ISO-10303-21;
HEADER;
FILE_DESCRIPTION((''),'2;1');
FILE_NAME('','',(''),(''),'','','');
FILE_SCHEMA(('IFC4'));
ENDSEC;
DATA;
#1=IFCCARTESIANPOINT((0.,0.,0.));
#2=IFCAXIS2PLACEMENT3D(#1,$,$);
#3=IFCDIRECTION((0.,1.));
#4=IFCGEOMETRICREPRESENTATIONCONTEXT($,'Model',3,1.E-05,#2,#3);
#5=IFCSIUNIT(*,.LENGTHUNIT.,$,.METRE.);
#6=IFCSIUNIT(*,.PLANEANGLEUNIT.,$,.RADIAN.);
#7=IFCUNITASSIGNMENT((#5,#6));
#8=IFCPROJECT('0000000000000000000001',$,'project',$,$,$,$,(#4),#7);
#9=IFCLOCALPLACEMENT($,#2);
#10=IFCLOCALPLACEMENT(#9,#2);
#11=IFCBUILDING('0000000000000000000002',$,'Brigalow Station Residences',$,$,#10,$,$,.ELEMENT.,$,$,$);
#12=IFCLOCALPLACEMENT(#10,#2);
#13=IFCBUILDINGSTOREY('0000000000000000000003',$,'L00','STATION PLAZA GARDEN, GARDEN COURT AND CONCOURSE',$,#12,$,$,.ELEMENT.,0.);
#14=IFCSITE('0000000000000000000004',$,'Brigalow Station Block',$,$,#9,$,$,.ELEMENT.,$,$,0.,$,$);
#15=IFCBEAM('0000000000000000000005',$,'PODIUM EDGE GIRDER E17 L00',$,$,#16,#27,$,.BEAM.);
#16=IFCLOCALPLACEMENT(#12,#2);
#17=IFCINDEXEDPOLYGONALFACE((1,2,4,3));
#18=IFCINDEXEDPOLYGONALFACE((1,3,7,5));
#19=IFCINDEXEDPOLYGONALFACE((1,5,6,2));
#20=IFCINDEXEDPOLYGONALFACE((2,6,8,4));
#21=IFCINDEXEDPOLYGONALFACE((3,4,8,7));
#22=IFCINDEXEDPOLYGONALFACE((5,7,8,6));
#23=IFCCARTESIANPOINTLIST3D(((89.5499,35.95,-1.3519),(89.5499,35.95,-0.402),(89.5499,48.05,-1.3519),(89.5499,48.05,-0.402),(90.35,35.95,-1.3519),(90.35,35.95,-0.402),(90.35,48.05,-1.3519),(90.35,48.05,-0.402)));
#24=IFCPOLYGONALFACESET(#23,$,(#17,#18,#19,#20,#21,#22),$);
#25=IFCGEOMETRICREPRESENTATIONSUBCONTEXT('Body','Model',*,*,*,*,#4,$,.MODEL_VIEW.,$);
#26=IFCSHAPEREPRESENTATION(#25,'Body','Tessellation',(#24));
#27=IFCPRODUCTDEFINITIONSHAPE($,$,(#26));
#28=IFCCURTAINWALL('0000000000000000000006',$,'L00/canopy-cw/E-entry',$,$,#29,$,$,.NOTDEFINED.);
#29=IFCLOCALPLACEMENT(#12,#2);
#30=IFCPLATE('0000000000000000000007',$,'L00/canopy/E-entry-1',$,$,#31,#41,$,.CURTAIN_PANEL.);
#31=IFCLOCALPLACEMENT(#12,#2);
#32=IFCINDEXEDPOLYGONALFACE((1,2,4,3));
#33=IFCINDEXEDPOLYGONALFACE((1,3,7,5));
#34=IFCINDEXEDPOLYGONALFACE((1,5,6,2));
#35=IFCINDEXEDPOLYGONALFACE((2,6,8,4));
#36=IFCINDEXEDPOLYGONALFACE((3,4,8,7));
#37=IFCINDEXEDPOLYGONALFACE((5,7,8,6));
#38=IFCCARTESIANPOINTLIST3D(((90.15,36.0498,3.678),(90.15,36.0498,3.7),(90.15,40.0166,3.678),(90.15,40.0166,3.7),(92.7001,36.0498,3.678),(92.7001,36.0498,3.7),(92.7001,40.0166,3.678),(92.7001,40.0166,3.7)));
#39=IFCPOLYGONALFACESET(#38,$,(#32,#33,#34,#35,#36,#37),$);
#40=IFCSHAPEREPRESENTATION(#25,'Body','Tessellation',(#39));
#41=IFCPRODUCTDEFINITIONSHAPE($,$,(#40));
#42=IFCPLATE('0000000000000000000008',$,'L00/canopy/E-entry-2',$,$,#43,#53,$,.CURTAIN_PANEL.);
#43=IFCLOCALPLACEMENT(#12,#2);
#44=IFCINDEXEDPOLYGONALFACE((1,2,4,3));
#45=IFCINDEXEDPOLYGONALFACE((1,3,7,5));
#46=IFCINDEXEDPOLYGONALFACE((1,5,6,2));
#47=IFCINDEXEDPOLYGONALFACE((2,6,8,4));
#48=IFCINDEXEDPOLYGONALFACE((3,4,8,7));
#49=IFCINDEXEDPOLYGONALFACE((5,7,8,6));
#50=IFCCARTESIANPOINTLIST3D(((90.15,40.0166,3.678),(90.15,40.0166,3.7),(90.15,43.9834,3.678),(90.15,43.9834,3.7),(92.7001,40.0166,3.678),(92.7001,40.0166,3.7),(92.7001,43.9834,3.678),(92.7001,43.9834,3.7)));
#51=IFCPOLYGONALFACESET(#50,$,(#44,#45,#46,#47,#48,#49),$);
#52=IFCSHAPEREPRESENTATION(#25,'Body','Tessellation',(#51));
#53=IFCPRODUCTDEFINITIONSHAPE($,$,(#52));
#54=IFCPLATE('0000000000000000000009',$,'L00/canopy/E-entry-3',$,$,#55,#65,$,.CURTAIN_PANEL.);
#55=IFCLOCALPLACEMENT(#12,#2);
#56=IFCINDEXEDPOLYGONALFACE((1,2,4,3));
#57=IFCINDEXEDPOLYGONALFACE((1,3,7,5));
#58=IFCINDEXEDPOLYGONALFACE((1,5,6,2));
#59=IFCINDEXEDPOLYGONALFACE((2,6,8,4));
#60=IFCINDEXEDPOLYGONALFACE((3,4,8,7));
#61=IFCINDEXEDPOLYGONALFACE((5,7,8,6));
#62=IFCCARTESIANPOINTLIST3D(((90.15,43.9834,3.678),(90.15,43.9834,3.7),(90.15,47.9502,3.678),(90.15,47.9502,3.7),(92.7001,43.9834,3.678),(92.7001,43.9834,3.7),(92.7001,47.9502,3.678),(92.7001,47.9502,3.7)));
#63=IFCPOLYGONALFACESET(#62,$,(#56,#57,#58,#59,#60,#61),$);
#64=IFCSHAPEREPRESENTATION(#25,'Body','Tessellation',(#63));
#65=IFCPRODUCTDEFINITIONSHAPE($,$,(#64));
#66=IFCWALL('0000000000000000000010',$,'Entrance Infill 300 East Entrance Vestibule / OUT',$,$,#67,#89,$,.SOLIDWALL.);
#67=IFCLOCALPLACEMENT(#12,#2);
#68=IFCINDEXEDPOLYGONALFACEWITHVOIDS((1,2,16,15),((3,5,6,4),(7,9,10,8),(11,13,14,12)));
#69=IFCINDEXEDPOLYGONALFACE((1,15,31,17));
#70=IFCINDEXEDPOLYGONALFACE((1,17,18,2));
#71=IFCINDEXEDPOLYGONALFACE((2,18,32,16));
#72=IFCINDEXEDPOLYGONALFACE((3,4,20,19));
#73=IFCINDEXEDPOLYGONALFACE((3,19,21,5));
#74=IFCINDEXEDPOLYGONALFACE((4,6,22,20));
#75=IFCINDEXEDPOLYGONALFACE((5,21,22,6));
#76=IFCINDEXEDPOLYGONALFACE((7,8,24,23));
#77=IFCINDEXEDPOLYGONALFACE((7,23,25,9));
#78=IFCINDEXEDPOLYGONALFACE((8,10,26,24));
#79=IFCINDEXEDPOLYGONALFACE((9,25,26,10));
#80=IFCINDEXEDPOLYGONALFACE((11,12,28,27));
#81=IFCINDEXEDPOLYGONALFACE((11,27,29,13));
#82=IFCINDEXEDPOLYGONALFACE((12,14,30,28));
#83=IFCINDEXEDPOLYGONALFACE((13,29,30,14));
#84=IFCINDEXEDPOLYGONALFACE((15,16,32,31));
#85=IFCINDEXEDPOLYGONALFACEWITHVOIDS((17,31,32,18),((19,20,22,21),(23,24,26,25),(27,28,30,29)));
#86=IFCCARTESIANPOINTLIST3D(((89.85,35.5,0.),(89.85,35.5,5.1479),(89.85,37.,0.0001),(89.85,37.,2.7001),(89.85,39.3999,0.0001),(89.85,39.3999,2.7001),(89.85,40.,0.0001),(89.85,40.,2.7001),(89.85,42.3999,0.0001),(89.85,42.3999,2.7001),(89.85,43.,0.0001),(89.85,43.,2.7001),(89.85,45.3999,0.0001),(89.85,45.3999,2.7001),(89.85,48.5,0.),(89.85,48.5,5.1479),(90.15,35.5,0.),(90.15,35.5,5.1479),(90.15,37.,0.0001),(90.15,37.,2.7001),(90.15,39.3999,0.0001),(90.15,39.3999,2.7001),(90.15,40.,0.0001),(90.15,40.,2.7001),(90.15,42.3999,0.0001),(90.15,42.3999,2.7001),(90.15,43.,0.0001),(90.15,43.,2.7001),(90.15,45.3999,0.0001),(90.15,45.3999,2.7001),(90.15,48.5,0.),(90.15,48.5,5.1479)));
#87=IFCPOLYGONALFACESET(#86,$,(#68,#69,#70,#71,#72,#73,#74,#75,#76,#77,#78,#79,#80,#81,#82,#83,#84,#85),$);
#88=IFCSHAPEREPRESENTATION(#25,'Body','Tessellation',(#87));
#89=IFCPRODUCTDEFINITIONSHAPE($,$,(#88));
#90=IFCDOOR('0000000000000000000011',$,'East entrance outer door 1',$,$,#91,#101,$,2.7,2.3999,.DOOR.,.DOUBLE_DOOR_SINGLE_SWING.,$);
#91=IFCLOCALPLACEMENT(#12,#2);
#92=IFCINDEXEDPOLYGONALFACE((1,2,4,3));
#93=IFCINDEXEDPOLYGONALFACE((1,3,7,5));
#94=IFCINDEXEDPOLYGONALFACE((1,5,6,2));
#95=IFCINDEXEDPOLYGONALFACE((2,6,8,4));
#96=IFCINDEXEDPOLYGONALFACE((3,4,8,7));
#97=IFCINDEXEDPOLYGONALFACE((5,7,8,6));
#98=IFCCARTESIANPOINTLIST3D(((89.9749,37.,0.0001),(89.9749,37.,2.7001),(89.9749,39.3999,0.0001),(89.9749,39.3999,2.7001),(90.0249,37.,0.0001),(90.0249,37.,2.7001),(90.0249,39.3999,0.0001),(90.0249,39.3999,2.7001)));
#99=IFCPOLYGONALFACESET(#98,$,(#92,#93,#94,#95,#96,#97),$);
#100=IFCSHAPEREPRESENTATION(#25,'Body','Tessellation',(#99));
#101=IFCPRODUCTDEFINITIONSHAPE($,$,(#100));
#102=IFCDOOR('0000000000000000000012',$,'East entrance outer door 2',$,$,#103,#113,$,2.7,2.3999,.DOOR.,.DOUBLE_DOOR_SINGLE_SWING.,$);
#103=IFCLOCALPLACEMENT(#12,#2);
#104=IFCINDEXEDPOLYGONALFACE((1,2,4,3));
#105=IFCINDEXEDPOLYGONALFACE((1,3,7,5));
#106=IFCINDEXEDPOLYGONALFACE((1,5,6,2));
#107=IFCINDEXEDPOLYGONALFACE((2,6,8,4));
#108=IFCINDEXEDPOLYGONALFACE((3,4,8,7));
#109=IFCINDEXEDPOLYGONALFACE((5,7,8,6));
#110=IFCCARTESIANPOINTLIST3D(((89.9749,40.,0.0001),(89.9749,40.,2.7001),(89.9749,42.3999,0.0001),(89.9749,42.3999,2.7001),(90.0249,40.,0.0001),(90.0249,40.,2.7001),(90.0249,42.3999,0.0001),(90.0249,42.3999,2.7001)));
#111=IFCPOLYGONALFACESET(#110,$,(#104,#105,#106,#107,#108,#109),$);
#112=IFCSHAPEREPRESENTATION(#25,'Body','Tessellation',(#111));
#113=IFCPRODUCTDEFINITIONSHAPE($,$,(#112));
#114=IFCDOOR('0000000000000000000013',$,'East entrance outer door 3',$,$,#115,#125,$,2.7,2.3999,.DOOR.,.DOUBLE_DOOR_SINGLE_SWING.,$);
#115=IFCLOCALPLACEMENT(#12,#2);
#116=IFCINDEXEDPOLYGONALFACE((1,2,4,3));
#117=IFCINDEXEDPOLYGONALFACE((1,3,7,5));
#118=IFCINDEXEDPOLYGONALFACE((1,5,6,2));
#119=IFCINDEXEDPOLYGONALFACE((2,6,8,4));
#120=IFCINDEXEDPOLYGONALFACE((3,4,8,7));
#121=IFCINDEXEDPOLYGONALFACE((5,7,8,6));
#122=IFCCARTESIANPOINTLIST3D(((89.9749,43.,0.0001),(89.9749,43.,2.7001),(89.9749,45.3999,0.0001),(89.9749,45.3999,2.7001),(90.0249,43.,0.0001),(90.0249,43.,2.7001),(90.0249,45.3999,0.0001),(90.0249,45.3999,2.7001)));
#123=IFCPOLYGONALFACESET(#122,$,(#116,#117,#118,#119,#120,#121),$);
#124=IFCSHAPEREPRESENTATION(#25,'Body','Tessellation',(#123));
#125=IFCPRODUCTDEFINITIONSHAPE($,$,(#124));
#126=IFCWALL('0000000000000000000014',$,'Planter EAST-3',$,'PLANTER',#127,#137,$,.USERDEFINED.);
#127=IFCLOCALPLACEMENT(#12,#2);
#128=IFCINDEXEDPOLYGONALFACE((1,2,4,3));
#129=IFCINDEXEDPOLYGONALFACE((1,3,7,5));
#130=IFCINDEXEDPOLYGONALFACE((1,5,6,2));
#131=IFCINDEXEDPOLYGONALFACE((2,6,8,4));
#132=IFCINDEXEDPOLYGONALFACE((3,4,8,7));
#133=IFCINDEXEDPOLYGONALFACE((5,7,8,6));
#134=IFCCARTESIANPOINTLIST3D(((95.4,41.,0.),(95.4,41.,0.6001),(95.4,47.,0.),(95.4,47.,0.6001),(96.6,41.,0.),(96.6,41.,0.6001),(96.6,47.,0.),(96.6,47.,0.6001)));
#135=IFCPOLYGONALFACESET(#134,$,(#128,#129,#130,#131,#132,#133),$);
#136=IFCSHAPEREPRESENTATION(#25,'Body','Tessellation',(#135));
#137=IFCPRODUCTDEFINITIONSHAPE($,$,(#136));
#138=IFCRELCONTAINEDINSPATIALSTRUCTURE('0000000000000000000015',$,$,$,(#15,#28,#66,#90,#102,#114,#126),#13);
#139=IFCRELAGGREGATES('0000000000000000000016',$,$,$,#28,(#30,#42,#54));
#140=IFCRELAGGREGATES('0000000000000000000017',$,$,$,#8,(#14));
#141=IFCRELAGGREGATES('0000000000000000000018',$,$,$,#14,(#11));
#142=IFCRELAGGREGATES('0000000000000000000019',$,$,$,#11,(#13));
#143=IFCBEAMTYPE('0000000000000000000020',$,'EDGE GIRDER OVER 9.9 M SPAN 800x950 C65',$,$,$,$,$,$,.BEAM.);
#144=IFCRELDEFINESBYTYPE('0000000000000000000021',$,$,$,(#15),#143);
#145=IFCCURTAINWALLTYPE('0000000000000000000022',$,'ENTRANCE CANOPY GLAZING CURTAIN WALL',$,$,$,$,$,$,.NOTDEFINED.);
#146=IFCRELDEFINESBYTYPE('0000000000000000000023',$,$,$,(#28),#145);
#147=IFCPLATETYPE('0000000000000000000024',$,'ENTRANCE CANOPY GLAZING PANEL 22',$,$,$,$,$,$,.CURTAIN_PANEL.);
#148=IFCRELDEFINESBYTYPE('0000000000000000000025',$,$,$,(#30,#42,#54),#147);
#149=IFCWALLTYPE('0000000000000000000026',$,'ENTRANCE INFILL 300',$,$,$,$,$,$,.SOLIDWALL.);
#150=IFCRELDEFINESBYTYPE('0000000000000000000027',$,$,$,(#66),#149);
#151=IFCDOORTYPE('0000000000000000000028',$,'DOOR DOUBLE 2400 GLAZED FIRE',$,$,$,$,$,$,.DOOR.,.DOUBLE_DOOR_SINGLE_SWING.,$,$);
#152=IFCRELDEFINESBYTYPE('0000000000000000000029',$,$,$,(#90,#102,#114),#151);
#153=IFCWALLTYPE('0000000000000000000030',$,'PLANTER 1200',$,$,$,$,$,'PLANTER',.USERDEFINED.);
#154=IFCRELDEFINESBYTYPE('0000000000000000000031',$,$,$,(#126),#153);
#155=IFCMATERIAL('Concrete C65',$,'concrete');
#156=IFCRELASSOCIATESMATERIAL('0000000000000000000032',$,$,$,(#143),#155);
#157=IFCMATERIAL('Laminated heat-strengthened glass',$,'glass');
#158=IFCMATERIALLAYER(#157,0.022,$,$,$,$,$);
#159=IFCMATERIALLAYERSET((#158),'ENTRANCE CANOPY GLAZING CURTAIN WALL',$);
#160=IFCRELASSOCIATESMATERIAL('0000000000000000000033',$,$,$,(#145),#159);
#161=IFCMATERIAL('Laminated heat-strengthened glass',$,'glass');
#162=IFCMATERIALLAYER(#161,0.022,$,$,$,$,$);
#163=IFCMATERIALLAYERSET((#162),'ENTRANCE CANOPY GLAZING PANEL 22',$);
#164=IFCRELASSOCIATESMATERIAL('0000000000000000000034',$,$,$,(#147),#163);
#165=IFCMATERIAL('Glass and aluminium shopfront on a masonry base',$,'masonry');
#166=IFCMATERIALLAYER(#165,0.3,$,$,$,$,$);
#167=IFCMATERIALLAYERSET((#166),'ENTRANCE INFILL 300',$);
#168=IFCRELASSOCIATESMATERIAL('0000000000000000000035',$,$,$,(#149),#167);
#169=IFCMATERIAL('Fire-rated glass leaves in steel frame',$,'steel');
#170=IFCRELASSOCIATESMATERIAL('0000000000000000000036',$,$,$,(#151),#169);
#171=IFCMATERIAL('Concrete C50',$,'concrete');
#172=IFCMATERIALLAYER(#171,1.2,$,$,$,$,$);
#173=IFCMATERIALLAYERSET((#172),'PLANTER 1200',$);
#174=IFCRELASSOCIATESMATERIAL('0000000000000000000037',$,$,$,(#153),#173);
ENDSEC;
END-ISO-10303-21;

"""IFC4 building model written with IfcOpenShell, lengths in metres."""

from ifc_helpers import new_model, si_unit, direction, frame, frame_2d, origin, origin_2d, place, context, subcontext, project, spatial, rectangle, extrude, material, layer, layer_set, material_profile, profile_set, type_object, element, fill, aggregate, save


model = new_model("IFC4")

# Units and contexts
model_context = context("Model", 3, precision=1e-05, world=origin(), true_north=direction((0.0, 1.0)))
body_context = subcontext(model_context, "Body", "Model", "MODEL_VIEW")
ifc_project = project(units=[si_unit("LENGTHUNIT", "METRE"), si_unit("PLANEANGLEUNIT", "RADIAN")], contexts=[model_context])

# Site, building, storey
site_placement = place(None, origin())
site = spatial("IfcSite", under=ifc_project, at=site_placement, Name="Brigalow Station Block", CompositionType="ELEMENT", RefElevation=0.0)
building_placement = place(site_placement, origin())
building = spatial("IfcBuilding", under=site, at=building_placement, Name="Brigalow Station Residences", CompositionType="ELEMENT")
storey_placement = place(building_placement, origin())
storey = spatial("IfcBuildingStorey", under=building, at=storey_placement, Name="L00", Description="STATION PLAZA GARDEN, GARDEN COURT AND CONCOURSE", CompositionType="ELEMENT", Elevation=0.0)

# Beam
ifc_material_1 = material(Name="Concrete C65", Category="concrete")
ifc_material_profile_1 = material_profile(ifc_material_1, rectangle(XDim=0.8, YDim=0.95, at=origin_2d()), Name="RC800x950")
ifc_profile_set_1 = profile_set([ifc_material_profile_1], Name="Concrete C65")
beam_type_1 = type_object("IfcBeamType", Name="EDGE GIRDER OVER 9.9 M SPAN 800x950 C65", PredefinedType="BEAM", material=ifc_profile_set_1)
beam_1_placement = place(storey_placement, frame((89.95, 35.95, -0.877), z_axis=(0.0, 1.0, 0.0), x_axis=(-1.0, 0.0, 0.0)))
element("IfcBeam", 1, at=beam_1_placement, inside=storey, type_object=beam_type_1, Name="PODIUM EDGE GIRDER E17 L00", PredefinedType="BEAM", context=body_context, shape_type="SweptSolid", body=[
    extrude(rectangle(XDim=0.8, YDim=0.95, at=origin_2d()), origin(), (0.0, 0.0, 1.0), 12.1001),
])

# Curtain wall, plates
ifc_material_2 = material(Name="Laminated heat-strengthened glass", Category="glass")
ifc_layer_1 = layer(ifc_material_2, 0.022)
ifc_layer_set_1 = layer_set([ifc_layer_1], Name="ENTRANCE CANOPY GLAZING CURTAIN WALL")
curtain_wall_type = type_object("IfcCurtainWallType", Name="ENTRANCE CANOPY GLAZING CURTAIN WALL", PredefinedType="NOTDEFINED", material=ifc_layer_set_1)
curtain_wall_placement = place(storey_placement, origin())
curtain_wall = element("IfcCurtainWall", 2, at=curtain_wall_placement, inside=storey, type_object=curtain_wall_type, Name="L00/canopy-cw/E-entry", PredefinedType="NOTDEFINED")
ifc_material_3 = material(Name="Laminated heat-strengthened glass", Category="glass")
ifc_layer_2 = layer(ifc_material_3, 0.022)
ifc_layer_set_2 = layer_set([ifc_layer_2], Name="ENTRANCE CANOPY GLAZING PANEL 22")
plate_type = type_object("IfcPlateType", Name="ENTRANCE CANOPY GLAZING PANEL 22", PredefinedType="CURTAIN_PANEL", material=ifc_layer_set_2)
plate_1_placement = place(storey_placement, frame((91.425, 38.0332, 3.678), z_axis=(0.0, 0.0, 1.0), x_axis=(0.0, 1.0, 0.0)))
plate_1 = element("IfcPlate", 3, at=plate_1_placement, type_object=plate_type, Name="L00/canopy/E-entry-1", PredefinedType="CURTAIN_PANEL", context=body_context, shape_type="SweptSolid", body=[
    extrude(rectangle(XDim=3.9668, YDim=2.55, at=origin_2d()), origin(), (0.0, 0.0, 1.0), 0.022),
])
plate_2_placement = place(storey_placement, frame((91.425, 42.0, 3.678), z_axis=(0.0, 0.0, 1.0), x_axis=(0.0, 1.0, 0.0)))
plate_2 = element("IfcPlate", 4, at=plate_2_placement, type_object=plate_type, Name="L00/canopy/E-entry-2", PredefinedType="CURTAIN_PANEL", context=body_context, shape_type="SweptSolid", body=[
    extrude(rectangle(XDim=3.9668, YDim=2.55, at=origin_2d()), origin(), (0.0, 0.0, 1.0), 0.022),
])
plate_3_placement = place(storey_placement, frame((91.425, 45.9668, 3.678), z_axis=(0.0, 0.0, 1.0), x_axis=(0.0, 1.0, 0.0)))
plate_3 = element("IfcPlate", 5, at=plate_3_placement, type_object=plate_type, Name="L00/canopy/E-entry-3", PredefinedType="CURTAIN_PANEL", context=body_context, shape_type="SweptSolid", body=[
    extrude(rectangle(XDim=3.9668, YDim=2.55, at=origin_2d()), origin(), (0.0, 0.0, 1.0), 0.022),
])
aggregate(curtain_wall, [plate_1, plate_2, plate_3])

# Wall, openings, doors
ifc_material_4 = material(Name="Glass and aluminium shopfront on a masonry base", Category="masonry")
ifc_layer_3 = layer(ifc_material_4, 0.3)
ifc_layer_set_3 = layer_set([ifc_layer_3], Name="ENTRANCE INFILL 300")
wall_type_1 = type_object("IfcWallType", Name="ENTRANCE INFILL 300", PredefinedType="SOLIDWALL", material=ifc_layer_set_3)
wall_1_placement = place(storey_placement, frame((90.0, 35.5, 0.0), z_axis=(0.0, 0.0, 1.0), x_axis=(0.0, 1.0, 0.0)))
wall_1 = element("IfcWall", 6, at=wall_1_placement, inside=storey, type_object=wall_type_1, Name="Entrance Infill 300 East Entrance Vestibule / OUT", PredefinedType="SOLIDWALL", context=body_context, shape_type="SweptSolid", body=[
    extrude(rectangle(XDim=13.0, YDim=0.3, at=frame_2d((6.5, 0.0))), origin(), (0.0, 0.0, 1.0), 5.1479),
])
opening_1_placement = place(wall_1_placement, frame((1.5, 0.0, 0.0)))
opening_1 = element("IfcOpeningElement", 7, at=opening_1_placement, cuts=wall_1, PredefinedType="OPENING", context=body_context, shape_type="SweptSolid", body=[
    extrude(rectangle(XDim=2.3999, YDim=2.7, at=frame_2d((1.2, 1.3501))), frame((0.0, 0.1602, 0.0), z_axis=(0.0, -1.0, 0.0), x_axis=(1.0, 0.0, 0.0)), (0.0, 0.0, 1.0), 0.3201),
])
opening_2_placement = place(wall_1_placement, frame((4.5, 0.0, 0.0)))
opening_2 = element("IfcOpeningElement", 8, at=opening_2_placement, cuts=wall_1, PredefinedType="OPENING", context=body_context, shape_type="SweptSolid", body=[
    extrude(rectangle(XDim=2.3999, YDim=2.7, at=frame_2d((1.2, 1.3501))), frame((0.0, 0.1602, 0.0), z_axis=(0.0, -1.0, 0.0), x_axis=(1.0, 0.0, 0.0)), (0.0, 0.0, 1.0), 0.3201),
])
opening_3_placement = place(wall_1_placement, frame((7.5, 0.0, 0.0)))
opening_3 = element("IfcOpeningElement", 9, at=opening_3_placement, cuts=wall_1, PredefinedType="OPENING", context=body_context, shape_type="SweptSolid", body=[
    extrude(rectangle(XDim=2.3999, YDim=2.7, at=frame_2d((1.2, 1.3501))), frame((0.0, 0.1602, 0.0), z_axis=(0.0, -1.0, 0.0), x_axis=(1.0, 0.0, 0.0)), (0.0, 0.0, 1.0), 0.3201),
])
ifc_material_5 = material(Name="Fire-rated glass leaves in steel frame", Category="steel")
door_type = type_object("IfcDoorType", Name="DOOR DOUBLE 2400 GLAZED FIRE", OperationType="DOUBLE_DOOR_SINGLE_SWING", PredefinedType="DOOR", material=ifc_material_5)
door_1_placement = place(opening_1_placement, frame((2.3999, 0.0, 0.0), z_axis=(0.0, 0.0, 1.0), x_axis=(-1.0, 0.0, 0.0)))
door_1 = element("IfcDoor", 10, at=door_1_placement, inside=storey, type_object=door_type, Name="East entrance outer door 1", OperationType="DOUBLE_DOOR_SINGLE_SWING", OverallHeight=2.7, OverallWidth=2.3999, PredefinedType="DOOR", context=body_context, shape_type="SweptSolid", body=[
    extrude(rectangle(XDim=2.3999, YDim=2.7, at=frame_2d((1.2, 1.3501))), frame((0.0, 0.0249, 0.0), z_axis=(0.0, -1.0, 0.0), x_axis=(1.0, 0.0, 0.0)), (0.0, 0.0, 1.0), 0.05),
])
fill(opening_1, door_1)
door_2_placement = place(opening_2_placement, frame((2.3999, 0.0, 0.0), z_axis=(0.0, 0.0, 1.0), x_axis=(-1.0, 0.0, 0.0)))
door_2 = element("IfcDoor", 11, at=door_2_placement, inside=storey, type_object=door_type, Name="East entrance outer door 2", OperationType="DOUBLE_DOOR_SINGLE_SWING", OverallHeight=2.7, OverallWidth=2.3999, PredefinedType="DOOR", context=body_context, shape_type="SweptSolid", body=[
    extrude(rectangle(XDim=2.3999, YDim=2.7, at=frame_2d((1.2, 1.3501))), frame((0.0, 0.0249, 0.0), z_axis=(0.0, -1.0, 0.0), x_axis=(1.0, 0.0, 0.0)), (0.0, 0.0, 1.0), 0.05),
])
fill(opening_2, door_2)
door_3_placement = place(opening_3_placement, frame((2.3999, 0.0, 0.0), z_axis=(0.0, 0.0, 1.0), x_axis=(-1.0, 0.0, 0.0)))
door_3 = element("IfcDoor", 12, at=door_3_placement, inside=storey, type_object=door_type, Name="East entrance outer door 3", OperationType="DOUBLE_DOOR_SINGLE_SWING", OverallHeight=2.7, OverallWidth=2.3999, PredefinedType="DOOR", context=body_context, shape_type="SweptSolid", body=[
    extrude(rectangle(XDim=2.3999, YDim=2.7, at=frame_2d((1.2, 1.3501))), frame((0.0, 0.0249, 0.0), z_axis=(0.0, -1.0, 0.0), x_axis=(1.0, 0.0, 0.0)), (0.0, 0.0, 1.0), 0.05),
])
fill(opening_3, door_3)

# Wall
ifc_material_6 = material(Name="Concrete C50", Category="concrete")
ifc_layer_4 = layer(ifc_material_6, 1.2)
ifc_layer_set_4 = layer_set([ifc_layer_4], Name="PLANTER 1200")
wall_type_2 = type_object("IfcWallType", Name="PLANTER 1200", ElementType="PLANTER", PredefinedType="USERDEFINED", material=ifc_layer_set_4)
wall_2_placement = place(storey_placement, frame((96.0, 41.0, 0.0), z_axis=(0.0, 0.0, 1.0), x_axis=(0.0, 1.0, 0.0)))
element("IfcWall", 13, at=wall_2_placement, inside=storey, type_object=wall_type_2, Name="Planter EAST-3", ObjectType="PLANTER", PredefinedType="USERDEFINED", context=body_context, shape_type="SweptSolid", body=[
    extrude(rectangle(XDim=6.0, YDim=1.2, at=frame_2d((3.0, 0.0))), origin(), (0.0, 0.0, 1.0), 0.6001),
])

save(model, "model.ifc")
